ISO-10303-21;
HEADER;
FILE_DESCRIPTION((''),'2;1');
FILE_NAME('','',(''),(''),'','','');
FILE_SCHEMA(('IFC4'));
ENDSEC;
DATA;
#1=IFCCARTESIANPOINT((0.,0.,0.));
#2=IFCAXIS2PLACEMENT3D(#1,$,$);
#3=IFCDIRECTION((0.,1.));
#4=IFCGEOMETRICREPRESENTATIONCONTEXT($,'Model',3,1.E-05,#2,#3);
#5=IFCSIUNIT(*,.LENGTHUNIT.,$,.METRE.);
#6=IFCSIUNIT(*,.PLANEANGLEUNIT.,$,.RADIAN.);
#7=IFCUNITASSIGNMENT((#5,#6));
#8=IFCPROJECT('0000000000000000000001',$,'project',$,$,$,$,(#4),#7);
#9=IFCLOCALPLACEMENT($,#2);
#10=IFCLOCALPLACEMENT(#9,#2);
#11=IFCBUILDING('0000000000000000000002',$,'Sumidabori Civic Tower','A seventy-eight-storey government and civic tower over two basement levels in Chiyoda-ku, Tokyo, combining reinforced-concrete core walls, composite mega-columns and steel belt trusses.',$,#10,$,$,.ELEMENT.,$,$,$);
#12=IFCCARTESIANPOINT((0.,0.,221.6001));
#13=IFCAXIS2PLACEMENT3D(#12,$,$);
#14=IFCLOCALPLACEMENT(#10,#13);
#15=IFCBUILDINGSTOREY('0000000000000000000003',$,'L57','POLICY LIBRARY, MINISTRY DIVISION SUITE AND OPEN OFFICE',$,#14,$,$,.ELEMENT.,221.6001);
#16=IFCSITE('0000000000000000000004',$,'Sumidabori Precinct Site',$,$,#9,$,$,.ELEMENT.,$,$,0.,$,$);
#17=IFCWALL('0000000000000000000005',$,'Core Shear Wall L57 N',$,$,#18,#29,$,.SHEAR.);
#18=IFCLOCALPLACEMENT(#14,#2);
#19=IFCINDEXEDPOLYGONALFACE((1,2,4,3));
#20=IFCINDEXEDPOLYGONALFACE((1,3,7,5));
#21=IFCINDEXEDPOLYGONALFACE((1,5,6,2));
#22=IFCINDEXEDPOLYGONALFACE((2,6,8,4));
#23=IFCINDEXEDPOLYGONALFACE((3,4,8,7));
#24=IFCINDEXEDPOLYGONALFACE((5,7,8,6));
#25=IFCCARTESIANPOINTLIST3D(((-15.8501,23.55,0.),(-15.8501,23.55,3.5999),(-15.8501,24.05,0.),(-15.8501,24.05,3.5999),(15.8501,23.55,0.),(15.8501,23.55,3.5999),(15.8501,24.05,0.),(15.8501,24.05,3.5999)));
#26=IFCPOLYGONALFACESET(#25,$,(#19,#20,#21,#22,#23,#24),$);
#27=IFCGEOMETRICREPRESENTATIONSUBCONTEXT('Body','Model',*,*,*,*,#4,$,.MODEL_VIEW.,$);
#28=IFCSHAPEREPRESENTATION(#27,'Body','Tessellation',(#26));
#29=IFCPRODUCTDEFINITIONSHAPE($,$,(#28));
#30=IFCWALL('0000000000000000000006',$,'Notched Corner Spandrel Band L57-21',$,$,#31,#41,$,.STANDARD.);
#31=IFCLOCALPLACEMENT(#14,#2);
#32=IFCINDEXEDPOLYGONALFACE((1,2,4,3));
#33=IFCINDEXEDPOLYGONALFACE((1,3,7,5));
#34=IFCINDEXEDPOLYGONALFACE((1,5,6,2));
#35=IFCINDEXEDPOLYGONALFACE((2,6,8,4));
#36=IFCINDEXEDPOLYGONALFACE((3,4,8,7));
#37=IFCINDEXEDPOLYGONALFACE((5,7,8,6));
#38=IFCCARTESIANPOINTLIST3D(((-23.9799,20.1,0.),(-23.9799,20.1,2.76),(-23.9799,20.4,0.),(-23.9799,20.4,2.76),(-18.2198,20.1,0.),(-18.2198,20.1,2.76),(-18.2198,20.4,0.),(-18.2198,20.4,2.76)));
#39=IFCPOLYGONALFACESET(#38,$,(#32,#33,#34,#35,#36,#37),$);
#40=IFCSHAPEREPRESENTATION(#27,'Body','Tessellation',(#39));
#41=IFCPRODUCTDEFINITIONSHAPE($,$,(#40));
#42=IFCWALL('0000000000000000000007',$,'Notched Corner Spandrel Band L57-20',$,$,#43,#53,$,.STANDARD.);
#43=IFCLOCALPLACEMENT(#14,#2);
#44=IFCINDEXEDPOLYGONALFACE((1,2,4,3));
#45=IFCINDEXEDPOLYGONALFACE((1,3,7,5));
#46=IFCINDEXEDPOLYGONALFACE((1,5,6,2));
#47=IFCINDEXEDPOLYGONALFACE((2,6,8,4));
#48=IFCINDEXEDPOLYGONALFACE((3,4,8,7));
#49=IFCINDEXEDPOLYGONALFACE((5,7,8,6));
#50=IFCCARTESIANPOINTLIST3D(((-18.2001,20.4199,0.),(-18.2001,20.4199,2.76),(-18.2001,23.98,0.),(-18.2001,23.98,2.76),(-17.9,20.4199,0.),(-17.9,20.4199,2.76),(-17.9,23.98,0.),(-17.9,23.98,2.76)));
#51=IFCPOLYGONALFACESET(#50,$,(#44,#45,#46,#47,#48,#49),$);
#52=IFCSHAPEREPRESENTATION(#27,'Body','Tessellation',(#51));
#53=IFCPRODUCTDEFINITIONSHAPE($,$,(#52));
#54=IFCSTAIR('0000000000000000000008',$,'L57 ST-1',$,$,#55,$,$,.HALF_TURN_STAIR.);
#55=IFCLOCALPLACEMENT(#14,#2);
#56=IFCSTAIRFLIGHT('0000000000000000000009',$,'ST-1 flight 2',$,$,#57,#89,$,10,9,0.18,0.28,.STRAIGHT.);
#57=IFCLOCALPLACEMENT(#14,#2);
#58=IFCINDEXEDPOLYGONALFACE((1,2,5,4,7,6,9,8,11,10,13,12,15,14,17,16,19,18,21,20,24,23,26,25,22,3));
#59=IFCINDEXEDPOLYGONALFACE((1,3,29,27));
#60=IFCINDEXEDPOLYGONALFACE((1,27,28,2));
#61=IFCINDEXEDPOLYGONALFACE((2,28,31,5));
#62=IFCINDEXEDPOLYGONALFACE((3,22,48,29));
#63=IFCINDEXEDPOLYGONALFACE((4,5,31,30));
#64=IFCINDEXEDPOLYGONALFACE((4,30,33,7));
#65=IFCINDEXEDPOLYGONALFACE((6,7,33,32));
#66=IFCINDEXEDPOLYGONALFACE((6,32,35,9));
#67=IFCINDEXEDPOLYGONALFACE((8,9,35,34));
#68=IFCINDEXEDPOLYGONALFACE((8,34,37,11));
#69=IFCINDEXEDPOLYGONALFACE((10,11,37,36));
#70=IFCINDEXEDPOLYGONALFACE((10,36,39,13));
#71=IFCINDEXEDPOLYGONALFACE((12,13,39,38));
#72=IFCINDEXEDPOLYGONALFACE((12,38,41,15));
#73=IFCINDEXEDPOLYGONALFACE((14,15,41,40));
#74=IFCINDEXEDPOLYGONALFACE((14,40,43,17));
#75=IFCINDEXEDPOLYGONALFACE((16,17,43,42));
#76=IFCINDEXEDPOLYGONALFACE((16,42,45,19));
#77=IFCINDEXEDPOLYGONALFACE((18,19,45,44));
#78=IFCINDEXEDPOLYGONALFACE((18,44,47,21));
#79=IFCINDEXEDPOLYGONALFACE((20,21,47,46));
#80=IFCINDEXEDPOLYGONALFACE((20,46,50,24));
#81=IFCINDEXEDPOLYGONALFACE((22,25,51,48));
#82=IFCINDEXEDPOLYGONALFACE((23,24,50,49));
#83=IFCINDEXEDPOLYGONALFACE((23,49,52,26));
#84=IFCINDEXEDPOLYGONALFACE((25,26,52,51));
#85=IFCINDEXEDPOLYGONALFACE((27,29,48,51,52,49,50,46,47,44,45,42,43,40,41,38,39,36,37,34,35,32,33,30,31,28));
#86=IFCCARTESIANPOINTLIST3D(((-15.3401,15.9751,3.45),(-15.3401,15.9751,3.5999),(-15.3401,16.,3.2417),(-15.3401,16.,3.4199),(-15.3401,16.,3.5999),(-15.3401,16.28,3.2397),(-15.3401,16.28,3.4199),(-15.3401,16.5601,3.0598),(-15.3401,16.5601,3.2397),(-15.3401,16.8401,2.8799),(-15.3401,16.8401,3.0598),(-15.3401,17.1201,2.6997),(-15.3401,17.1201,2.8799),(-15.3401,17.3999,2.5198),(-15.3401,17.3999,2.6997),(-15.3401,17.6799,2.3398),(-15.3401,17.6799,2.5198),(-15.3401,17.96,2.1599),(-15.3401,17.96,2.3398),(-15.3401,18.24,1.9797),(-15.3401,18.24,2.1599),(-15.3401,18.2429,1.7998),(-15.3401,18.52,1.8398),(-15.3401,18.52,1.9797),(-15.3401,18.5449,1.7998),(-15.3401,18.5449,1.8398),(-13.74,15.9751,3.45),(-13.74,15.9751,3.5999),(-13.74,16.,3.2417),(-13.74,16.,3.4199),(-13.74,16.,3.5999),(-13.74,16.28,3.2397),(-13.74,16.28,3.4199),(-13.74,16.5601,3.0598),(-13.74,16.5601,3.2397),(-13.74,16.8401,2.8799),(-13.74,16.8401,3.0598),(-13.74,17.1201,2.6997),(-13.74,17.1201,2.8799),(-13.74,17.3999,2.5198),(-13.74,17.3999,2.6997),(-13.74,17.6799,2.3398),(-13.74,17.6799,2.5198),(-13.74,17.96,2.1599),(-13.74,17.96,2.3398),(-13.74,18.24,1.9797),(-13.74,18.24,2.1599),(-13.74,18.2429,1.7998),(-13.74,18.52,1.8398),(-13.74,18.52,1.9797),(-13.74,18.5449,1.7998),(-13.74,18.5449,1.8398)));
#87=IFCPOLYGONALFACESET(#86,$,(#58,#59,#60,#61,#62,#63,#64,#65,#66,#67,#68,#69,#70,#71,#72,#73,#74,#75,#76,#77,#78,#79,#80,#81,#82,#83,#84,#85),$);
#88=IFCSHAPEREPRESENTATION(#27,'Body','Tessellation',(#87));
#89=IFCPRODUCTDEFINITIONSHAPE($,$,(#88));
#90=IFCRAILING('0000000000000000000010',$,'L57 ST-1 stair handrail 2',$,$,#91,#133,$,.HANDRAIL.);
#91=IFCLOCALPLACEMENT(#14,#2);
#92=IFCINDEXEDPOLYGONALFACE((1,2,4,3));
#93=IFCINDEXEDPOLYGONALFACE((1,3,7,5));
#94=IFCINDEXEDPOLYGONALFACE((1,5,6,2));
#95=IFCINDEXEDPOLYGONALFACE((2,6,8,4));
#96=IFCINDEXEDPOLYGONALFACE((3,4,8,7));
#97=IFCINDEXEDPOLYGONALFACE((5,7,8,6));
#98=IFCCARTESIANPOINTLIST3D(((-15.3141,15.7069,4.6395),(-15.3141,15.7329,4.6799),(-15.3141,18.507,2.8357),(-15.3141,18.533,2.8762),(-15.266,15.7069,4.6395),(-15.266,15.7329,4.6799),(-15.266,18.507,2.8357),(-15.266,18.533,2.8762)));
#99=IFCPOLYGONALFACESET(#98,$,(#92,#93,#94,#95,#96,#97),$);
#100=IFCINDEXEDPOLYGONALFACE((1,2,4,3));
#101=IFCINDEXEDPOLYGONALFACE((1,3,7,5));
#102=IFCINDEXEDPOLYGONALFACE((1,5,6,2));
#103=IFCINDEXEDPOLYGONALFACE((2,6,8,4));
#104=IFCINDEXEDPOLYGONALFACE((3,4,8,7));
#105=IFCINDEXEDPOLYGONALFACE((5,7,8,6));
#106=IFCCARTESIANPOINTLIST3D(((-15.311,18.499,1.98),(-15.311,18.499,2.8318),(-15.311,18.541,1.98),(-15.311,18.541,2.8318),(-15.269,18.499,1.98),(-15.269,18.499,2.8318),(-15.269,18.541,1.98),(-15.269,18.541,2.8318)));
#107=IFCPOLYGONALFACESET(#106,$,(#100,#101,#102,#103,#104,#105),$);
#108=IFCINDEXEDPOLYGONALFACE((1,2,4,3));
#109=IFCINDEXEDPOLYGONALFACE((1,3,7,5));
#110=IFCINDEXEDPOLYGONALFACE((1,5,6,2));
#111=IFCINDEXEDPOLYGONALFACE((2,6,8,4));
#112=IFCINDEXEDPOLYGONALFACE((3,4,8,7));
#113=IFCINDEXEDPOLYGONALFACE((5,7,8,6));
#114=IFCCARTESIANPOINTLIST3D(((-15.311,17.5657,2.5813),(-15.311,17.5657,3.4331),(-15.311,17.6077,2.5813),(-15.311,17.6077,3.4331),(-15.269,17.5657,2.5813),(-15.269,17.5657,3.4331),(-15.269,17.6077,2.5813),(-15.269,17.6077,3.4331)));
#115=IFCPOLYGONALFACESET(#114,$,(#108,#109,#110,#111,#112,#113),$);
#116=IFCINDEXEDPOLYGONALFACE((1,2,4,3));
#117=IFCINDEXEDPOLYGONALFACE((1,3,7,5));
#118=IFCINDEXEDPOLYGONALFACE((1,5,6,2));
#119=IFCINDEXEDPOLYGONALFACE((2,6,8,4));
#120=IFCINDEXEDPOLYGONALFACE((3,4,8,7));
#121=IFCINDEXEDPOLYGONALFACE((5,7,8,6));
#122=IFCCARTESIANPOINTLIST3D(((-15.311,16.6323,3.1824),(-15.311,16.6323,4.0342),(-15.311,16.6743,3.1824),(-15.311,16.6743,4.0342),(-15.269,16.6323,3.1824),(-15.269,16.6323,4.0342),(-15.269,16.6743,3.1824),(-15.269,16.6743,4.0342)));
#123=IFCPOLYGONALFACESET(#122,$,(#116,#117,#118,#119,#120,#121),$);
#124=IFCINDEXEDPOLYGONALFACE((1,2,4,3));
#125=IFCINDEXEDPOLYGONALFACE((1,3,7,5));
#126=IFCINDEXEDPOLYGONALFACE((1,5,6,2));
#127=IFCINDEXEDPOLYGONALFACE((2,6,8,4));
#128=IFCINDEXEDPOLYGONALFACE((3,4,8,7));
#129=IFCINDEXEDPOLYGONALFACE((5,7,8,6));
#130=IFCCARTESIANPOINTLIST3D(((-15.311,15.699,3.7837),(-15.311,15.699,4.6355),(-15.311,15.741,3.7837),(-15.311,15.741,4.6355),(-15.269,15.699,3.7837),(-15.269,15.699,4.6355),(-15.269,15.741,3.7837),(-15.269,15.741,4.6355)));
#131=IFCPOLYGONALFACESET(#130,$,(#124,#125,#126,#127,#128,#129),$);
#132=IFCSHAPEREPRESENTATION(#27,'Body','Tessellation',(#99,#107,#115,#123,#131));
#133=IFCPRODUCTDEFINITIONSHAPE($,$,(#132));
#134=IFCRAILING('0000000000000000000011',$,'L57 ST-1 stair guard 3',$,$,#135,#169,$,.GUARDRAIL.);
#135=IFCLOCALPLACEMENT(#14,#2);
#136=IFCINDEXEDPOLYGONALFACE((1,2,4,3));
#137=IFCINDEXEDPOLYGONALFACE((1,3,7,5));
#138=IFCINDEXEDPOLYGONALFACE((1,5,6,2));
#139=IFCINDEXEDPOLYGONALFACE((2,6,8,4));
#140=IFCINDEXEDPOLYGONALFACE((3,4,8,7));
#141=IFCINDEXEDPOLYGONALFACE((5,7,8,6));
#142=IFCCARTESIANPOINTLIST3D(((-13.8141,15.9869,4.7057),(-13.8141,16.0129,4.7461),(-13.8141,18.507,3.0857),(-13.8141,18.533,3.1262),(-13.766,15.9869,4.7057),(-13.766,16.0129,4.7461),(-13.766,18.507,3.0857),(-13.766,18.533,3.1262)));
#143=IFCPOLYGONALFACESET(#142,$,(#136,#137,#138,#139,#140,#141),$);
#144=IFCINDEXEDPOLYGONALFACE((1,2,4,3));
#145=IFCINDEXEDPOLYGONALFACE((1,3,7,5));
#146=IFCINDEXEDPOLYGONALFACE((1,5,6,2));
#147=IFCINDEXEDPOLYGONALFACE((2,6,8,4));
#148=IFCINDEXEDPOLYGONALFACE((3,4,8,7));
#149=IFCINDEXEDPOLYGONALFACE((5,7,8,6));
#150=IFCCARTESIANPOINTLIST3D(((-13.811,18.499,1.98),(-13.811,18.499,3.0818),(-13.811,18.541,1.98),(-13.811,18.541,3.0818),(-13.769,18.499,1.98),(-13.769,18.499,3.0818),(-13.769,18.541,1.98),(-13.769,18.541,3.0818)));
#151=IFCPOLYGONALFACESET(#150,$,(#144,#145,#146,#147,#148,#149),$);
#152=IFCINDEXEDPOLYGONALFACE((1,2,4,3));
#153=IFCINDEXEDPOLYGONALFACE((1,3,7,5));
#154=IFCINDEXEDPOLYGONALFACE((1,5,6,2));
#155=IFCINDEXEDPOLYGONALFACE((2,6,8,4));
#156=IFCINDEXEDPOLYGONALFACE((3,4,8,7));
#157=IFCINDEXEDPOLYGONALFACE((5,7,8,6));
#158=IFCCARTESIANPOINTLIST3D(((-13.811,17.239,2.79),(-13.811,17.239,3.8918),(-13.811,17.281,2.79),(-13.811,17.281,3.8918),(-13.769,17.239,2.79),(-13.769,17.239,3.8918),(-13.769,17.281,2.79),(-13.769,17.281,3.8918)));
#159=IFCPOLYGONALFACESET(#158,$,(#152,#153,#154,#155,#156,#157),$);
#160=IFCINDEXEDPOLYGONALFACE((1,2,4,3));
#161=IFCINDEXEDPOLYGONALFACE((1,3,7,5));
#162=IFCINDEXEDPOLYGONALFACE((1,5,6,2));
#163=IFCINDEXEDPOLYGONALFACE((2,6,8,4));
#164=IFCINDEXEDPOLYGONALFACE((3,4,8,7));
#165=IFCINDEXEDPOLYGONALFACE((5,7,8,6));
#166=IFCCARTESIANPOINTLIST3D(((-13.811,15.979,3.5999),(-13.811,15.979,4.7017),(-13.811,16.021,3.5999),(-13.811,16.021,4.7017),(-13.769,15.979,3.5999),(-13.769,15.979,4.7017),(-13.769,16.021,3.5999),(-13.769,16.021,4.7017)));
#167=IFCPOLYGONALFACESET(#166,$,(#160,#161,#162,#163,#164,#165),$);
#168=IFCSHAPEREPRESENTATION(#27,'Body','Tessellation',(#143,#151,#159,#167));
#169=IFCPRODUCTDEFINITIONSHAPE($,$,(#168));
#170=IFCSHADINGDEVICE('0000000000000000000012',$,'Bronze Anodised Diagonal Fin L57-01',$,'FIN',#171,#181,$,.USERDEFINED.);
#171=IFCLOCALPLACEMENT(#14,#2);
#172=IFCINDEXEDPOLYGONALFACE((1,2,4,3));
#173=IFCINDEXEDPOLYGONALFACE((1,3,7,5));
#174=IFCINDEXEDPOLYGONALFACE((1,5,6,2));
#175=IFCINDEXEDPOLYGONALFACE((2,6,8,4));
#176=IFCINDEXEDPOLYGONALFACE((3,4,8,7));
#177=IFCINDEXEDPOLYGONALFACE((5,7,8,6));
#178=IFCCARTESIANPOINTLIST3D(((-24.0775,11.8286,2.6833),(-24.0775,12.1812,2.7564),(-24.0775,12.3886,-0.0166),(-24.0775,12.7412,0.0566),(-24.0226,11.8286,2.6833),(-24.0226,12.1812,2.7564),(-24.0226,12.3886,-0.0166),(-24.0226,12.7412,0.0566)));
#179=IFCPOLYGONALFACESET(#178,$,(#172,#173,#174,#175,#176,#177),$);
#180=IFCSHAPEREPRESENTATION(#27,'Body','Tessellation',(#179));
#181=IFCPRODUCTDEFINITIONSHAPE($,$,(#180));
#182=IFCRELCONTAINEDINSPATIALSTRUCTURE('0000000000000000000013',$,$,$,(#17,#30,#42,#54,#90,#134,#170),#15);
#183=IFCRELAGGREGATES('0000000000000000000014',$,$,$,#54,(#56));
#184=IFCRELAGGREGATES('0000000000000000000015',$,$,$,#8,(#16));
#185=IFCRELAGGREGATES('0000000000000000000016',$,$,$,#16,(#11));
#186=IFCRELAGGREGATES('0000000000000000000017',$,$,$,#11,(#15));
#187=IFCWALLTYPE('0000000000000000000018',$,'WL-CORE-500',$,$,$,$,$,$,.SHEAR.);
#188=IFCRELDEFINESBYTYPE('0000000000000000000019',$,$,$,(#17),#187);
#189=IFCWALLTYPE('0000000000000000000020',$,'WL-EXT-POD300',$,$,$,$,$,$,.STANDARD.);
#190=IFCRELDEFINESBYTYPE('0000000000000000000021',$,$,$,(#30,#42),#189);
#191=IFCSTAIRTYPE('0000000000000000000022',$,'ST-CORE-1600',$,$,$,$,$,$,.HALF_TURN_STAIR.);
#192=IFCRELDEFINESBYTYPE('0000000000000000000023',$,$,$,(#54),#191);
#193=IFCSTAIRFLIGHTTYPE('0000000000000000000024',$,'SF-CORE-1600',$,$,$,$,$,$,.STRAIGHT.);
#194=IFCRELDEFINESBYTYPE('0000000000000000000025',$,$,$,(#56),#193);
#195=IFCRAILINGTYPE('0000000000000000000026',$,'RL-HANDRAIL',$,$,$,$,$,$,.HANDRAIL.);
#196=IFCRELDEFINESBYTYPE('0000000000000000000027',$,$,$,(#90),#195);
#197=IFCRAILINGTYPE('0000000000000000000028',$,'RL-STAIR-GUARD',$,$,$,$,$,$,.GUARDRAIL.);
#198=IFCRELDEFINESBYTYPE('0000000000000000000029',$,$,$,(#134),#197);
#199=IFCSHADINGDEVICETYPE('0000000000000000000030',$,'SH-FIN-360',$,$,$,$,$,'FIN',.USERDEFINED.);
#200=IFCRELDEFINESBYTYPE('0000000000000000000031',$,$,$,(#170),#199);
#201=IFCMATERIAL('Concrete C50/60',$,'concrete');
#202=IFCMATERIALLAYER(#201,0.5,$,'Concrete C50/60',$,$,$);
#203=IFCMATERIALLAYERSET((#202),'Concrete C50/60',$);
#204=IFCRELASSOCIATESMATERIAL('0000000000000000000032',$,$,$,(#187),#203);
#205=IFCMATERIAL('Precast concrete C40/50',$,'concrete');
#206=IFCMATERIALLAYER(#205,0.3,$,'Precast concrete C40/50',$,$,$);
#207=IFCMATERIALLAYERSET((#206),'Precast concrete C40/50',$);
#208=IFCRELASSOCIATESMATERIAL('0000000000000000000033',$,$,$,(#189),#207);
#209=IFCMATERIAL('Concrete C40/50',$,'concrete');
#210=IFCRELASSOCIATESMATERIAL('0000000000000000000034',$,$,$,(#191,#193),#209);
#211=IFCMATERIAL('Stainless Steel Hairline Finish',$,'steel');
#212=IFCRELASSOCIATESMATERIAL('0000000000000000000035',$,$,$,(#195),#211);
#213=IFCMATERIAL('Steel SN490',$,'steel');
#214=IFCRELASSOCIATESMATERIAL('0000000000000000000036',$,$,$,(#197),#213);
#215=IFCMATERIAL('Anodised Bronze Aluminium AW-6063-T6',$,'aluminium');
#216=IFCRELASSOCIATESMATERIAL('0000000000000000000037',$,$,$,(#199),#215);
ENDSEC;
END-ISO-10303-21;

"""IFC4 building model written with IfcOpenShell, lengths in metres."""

from ifc_helpers import new_model, si_unit, direction, frame, frame_2d, origin, origin_2d, place, context, subcontext, project, spatial, polyline, rectangle, outline, extrude, source, transform, mapped, material, layer, layer_set, material_profile, profile_set, type_object, element, aggregate, save


model = new_model("IFC4")

# Units and contexts
model_context = context("Model", 3, precision=1e-05, world=origin(), true_north=direction((0.0, 1.0)))
body_context = subcontext(model_context, "Body", "Model", "MODEL_VIEW")
ifc_project = project(units=[si_unit("LENGTHUNIT", "METRE"), si_unit("PLANEANGLEUNIT", "RADIAN")], contexts=[model_context])

# Site, building, storey
site_placement = place(None, origin())
site = spatial("IfcSite", under=ifc_project, at=site_placement, Name="Sumidabori Precinct Site", CompositionType="ELEMENT", RefElevation=0.0)
building_placement = place(site_placement, origin())
building = spatial("IfcBuilding", under=site, at=building_placement, Name="Sumidabori Civic Tower", Description="A seventy-eight-storey government and civic tower over two basement levels in Chiyoda-ku, Tokyo, combining reinforced-concrete core walls, composite mega-columns and steel belt trusses.", CompositionType="ELEMENT")
storey_placement = place(building_placement, frame((0.0, 0.0, 221.6001)))
storey = spatial("IfcBuildingStorey", under=building, at=storey_placement, Name="L57", Description="POLICY LIBRARY, MINISTRY DIVISION SUITE AND OPEN OFFICE", CompositionType="ELEMENT", Elevation=221.6001)

# Shared definitions
ifc_material_1 = material(Name="Steel SN490", Category="steel")

# Shared definitions
ifc_material_2 = material(Name="Anodised Bronze Aluminium AW-6063-T6", Category="aluminium")

# Wall
ifc_material_3 = material(Name="Concrete C50/60", Category="concrete")
ifc_layer_1 = layer(ifc_material_3, 0.5, Name="Concrete C50/60")
ifc_layer_set_1 = layer_set([ifc_layer_1], Name="Concrete C50/60")
wall_type_1 = type_object("IfcWallType", Name="WL-CORE-500", PredefinedType="SHEAR", material=ifc_layer_set_1)
shared_shape_1 = source(origin(), body_context, "Body", "SweptSolid", [
    extrude(rectangle(XDim=31.7002, YDim=0.5, at=frame_2d((15.8501, 0.0))), origin(), (0.0, 0.0, 1.0), 3.5999),
])
wall_1_placement = place(storey_placement, frame((-15.8501, 23.8, 0.0), z_axis=(0.0, 0.0, 1.0), x_axis=(1.0, 0.0, 0.0)))
element("IfcWall", 1, at=wall_1_placement, inside=storey, type_object=wall_type_1, Name="Core Shear Wall L57 N", PredefinedType="SHEAR", context=body_context, shape_type="MappedRepresentation", body=[
    mapped(shared_shape_1, transform((0.0, 0.0, 0.0), x_axis=(1.0, 0.0, 0.0), y_axis=(0.0, 1.0, 0.0), z_axis=(0.0, 0.0, 1.0), scale=1.0)),
])

# Walls
ifc_material_4 = material(Name="Precast concrete C40/50", Category="concrete")
ifc_layer_2 = layer(ifc_material_4, 0.3, Name="Precast concrete C40/50")
ifc_layer_set_2 = layer_set([ifc_layer_2], Name="Precast concrete C40/50")
wall_type_2 = type_object("IfcWallType", Name="WL-EXT-POD300", PredefinedType="STANDARD", material=ifc_layer_set_2)
shared_shape_2 = source(origin(), body_context, "Body", "SweptSolid", [
    extrude(rectangle(XDim=5.76, YDim=0.3, at=frame_2d((2.8799, 0.0))), origin(), (0.0, 0.0, 1.0), 2.76),
])
wall_2_placement = place(storey_placement, frame((-18.22, 20.25, 0.0), z_axis=(0.0, 0.0, 1.0), x_axis=(-1.0, 0.0, 0.0)))
element("IfcWall", 2, at=wall_2_placement, inside=storey, type_object=wall_type_2, Name="Notched Corner Spandrel Band L57-21", PredefinedType="STANDARD", context=body_context, shape_type="MappedRepresentation", body=[
    mapped(shared_shape_2, transform((0.0, 0.0, 0.0), x_axis=(1.0, 0.0, 0.0), y_axis=(0.0, 1.0, 0.0), z_axis=(0.0, 0.0, 1.0), scale=1.0)),
])
shared_shape_3 = source(origin(), body_context, "Body", "SweptSolid", [
    extrude(rectangle(XDim=3.5601, YDim=0.3, at=frame_2d((1.78, 0.0))), origin(), (0.0, 0.0, 1.0), 2.76),
])
wall_3_placement = place(storey_placement, frame((-18.05, 23.98, 0.0), z_axis=(0.0, 0.0, 1.0), x_axis=(0.0, -1.0, 0.0)))
element("IfcWall", 3, at=wall_3_placement, inside=storey, type_object=wall_type_2, Name="Notched Corner Spandrel Band L57-20", PredefinedType="STANDARD", context=body_context, shape_type="MappedRepresentation", body=[
    mapped(shared_shape_3, transform((0.0, 0.0, 0.0), x_axis=(1.0, 0.0, 0.0), y_axis=(0.0, 1.0, 0.0), z_axis=(0.0, 0.0, 1.0), scale=1.0)),
])

# Stair, stair flight
ifc_material_5 = material(Name="Concrete C40/50", Category="concrete")
stair_type = type_object("IfcStairType", Name="ST-CORE-1600", PredefinedType="HALF_TURN_STAIR", material=ifc_material_5)
stair_placement = place(storey_placement, origin())
stair = element("IfcStair", 4, at=stair_placement, inside=storey, type_object=stair_type, Name="L57 ST-1", PredefinedType="HALF_TURN_STAIR")
stair_flight_type = type_object("IfcStairFlightType", Name="SF-CORE-1600", PredefinedType="STRAIGHT", material=ifc_material_5)
shared_shape_4 = source(origin(), body_context, "Body", "SweptSolid", [
    extrude(outline(polyline([(-0.0249, 0.0), (-0.0249, 0.04), (0.0, 0.04), (0.0, 0.1799), (0.28, 0.1799), (0.28, 0.3601), (0.5601, 0.3601), (0.5601, 0.54), (0.8401, 0.54), (0.8401, 0.72), (1.1201, 0.72), (1.1201, 0.8999), (1.3999, 0.8999), (1.3999, 1.0801), (1.6799, 1.0801), (1.6799, 1.26), (1.96, 1.26), (1.96, 1.4399), (2.24, 1.4399), (2.24, 1.6201), (2.52, 1.6201), (2.52, 1.8), (2.5449, 1.8), (2.5449, 1.6501), (2.52, 1.4419), (0.2771, 0.0), (-0.0249, 0.0)])), frame((0.0, 0.8, 0.0), z_axis=(0.0, -1.0, 0.0), x_axis=(1.0, 0.0, 0.0)), (0.0, 0.0, 1.0), 1.6001),
])
stair_flight_placement = place(storey_placement, frame((-14.54, 18.52, 1.7998), z_axis=(0.0, 0.0, 1.0), x_axis=(0.0, -1.0, 0.0)))
stair_flight = element("IfcStairFlight", 5, at=stair_flight_placement, type_object=stair_flight_type, Name="ST-1 flight 2", NumberOfRisers=10, NumberOfTreads=9, PredefinedType="STRAIGHT", RiserHeight=0.18, TreadLength=0.28, context=body_context, shape_type="MappedRepresentation", body=[
    mapped(shared_shape_4, transform((0.0, 0.0, 0.0), x_axis=(1.0, 0.0, 0.0), y_axis=(0.0, 1.0, 0.0), z_axis=(0.0, 0.0, 1.0), scale=1.0)),
])
aggregate(stair, [stair_flight])

# Railings
ifc_material_6 = material(Name="Stainless Steel Hairline Finish", Category="steel")
railing_type_1 = type_object("IfcRailingType", Name="RL-HANDRAIL", PredefinedType="HANDRAIL", material=ifc_material_6)
railing_1_placement = place(storey_placement, frame((-15.29, 18.52, 1.98)))
element("IfcRailing", 6, at=railing_1_placement, inside=storey, type_object=railing_type_1, Name="L57 ST-1 stair handrail 2", PredefinedType="HANDRAIL", context=body_context, shape_type="SweptSolid", body=[
    extrude(rectangle(XDim=0.0481, YDim=0.0481, at=origin_2d()), frame((0.0, 0.0, 0.876), z_axis=(0.0, -0.840676, 0.541539), x_axis=(1.0, 0.0, 0.0)), (0.0, 0.0, 1.0), 3.3308),
    extrude(rectangle(XDim=0.042, YDim=0.042, at=origin_2d()), origin(), (0.0, 0.0, 1.0), 0.8518),
    extrude(rectangle(XDim=0.042, YDim=0.042, at=origin_2d()), frame((0.0, -0.9333, 0.6013)), (0.0, 0.0, 1.0), 0.8518),
    extrude(rectangle(XDim=0.042, YDim=0.042, at=origin_2d()), frame((0.0, -1.8667, 1.2024)), (0.0, 0.0, 1.0), 0.8518),
    extrude(rectangle(XDim=0.042, YDim=0.042, at=origin_2d()), frame((0.0, -2.8, 1.8037)), (0.0, 0.0, 1.0), 0.8518),
])
railing_type_2 = type_object("IfcRailingType", Name="RL-STAIR-GUARD", PredefinedType="GUARDRAIL", material=ifc_material_1)
railing_2_placement = place(storey_placement, frame((-13.79, 18.52, 1.98)))
element("IfcRailing", 7, at=railing_2_placement, inside=storey, type_object=railing_type_2, Name="L57 ST-1 stair guard 3", PredefinedType="GUARDRAIL", context=body_context, shape_type="SweptSolid", body=[
    extrude(rectangle(XDim=0.0481, YDim=0.0481, at=origin_2d()), frame((0.0, 0.0, 1.126), z_axis=(0.0, -0.8412, 0.540725), x_axis=(1.0, 0.0, 0.0)), (0.0, 0.0, 1.0), 2.9958),
    extrude(rectangle(XDim=0.042, YDim=0.042, at=origin_2d()), origin(), (0.0, 0.0, 1.0), 1.1018),
    extrude(rectangle(XDim=0.042, YDim=0.042, at=origin_2d()), frame((0.0, -1.26, 0.8101)), (0.0, 0.0, 1.0), 1.1018),
    extrude(rectangle(XDim=0.042, YDim=0.042, at=origin_2d()), frame((0.0, -2.52, 1.6199)), (0.0, 0.0, 1.0), 1.1018),
])

# Shading device
ifc_material_profile_1 = material_profile(ifc_material_2, rectangle(XDim=0.0549, YDim=0.3601, at=origin_2d()), Name="BRONZE FIN 360x55")
ifc_profile_set_1 = profile_set([ifc_material_profile_1], Name="Anodised Bronze Aluminium AW-6063-T6")
shading_device_type = type_object("IfcShadingDeviceType", Name="SH-FIN-360", ElementType="FIN", PredefinedType="USERDEFINED", material=ifc_profile_set_1)
shared_shape_5 = source(origin(), body_context, "Body", "SweptSolid", [
    extrude(rectangle(XDim=0.0549, YDim=0.3601, at=origin_2d()), origin(), (0.0, 0.0, 1.0), 2.7573),
])
shading_device_placement = place(storey_placement, frame((-24.05, 12.5649, 0.02), z_axis=(0.0, -0.203109, 0.979156), x_axis=(-1.0, 0.0, 0.0)))
element("IfcShadingDevice", 8, at=shading_device_placement, inside=storey, type_object=shading_device_type, Name="Bronze Anodised Diagonal Fin L57-01", ObjectType="FIN", PredefinedType="USERDEFINED", context=body_context, shape_type="MappedRepresentation", body=[
    mapped(shared_shape_5, transform((0.0, 0.0, 0.0), x_axis=(1.0, 0.0, 0.0), y_axis=(0.0, 1.0, 0.0), z_axis=(0.0, 0.0, 1.0), scale=1.0)),
])

save(model, "model.ifc")
